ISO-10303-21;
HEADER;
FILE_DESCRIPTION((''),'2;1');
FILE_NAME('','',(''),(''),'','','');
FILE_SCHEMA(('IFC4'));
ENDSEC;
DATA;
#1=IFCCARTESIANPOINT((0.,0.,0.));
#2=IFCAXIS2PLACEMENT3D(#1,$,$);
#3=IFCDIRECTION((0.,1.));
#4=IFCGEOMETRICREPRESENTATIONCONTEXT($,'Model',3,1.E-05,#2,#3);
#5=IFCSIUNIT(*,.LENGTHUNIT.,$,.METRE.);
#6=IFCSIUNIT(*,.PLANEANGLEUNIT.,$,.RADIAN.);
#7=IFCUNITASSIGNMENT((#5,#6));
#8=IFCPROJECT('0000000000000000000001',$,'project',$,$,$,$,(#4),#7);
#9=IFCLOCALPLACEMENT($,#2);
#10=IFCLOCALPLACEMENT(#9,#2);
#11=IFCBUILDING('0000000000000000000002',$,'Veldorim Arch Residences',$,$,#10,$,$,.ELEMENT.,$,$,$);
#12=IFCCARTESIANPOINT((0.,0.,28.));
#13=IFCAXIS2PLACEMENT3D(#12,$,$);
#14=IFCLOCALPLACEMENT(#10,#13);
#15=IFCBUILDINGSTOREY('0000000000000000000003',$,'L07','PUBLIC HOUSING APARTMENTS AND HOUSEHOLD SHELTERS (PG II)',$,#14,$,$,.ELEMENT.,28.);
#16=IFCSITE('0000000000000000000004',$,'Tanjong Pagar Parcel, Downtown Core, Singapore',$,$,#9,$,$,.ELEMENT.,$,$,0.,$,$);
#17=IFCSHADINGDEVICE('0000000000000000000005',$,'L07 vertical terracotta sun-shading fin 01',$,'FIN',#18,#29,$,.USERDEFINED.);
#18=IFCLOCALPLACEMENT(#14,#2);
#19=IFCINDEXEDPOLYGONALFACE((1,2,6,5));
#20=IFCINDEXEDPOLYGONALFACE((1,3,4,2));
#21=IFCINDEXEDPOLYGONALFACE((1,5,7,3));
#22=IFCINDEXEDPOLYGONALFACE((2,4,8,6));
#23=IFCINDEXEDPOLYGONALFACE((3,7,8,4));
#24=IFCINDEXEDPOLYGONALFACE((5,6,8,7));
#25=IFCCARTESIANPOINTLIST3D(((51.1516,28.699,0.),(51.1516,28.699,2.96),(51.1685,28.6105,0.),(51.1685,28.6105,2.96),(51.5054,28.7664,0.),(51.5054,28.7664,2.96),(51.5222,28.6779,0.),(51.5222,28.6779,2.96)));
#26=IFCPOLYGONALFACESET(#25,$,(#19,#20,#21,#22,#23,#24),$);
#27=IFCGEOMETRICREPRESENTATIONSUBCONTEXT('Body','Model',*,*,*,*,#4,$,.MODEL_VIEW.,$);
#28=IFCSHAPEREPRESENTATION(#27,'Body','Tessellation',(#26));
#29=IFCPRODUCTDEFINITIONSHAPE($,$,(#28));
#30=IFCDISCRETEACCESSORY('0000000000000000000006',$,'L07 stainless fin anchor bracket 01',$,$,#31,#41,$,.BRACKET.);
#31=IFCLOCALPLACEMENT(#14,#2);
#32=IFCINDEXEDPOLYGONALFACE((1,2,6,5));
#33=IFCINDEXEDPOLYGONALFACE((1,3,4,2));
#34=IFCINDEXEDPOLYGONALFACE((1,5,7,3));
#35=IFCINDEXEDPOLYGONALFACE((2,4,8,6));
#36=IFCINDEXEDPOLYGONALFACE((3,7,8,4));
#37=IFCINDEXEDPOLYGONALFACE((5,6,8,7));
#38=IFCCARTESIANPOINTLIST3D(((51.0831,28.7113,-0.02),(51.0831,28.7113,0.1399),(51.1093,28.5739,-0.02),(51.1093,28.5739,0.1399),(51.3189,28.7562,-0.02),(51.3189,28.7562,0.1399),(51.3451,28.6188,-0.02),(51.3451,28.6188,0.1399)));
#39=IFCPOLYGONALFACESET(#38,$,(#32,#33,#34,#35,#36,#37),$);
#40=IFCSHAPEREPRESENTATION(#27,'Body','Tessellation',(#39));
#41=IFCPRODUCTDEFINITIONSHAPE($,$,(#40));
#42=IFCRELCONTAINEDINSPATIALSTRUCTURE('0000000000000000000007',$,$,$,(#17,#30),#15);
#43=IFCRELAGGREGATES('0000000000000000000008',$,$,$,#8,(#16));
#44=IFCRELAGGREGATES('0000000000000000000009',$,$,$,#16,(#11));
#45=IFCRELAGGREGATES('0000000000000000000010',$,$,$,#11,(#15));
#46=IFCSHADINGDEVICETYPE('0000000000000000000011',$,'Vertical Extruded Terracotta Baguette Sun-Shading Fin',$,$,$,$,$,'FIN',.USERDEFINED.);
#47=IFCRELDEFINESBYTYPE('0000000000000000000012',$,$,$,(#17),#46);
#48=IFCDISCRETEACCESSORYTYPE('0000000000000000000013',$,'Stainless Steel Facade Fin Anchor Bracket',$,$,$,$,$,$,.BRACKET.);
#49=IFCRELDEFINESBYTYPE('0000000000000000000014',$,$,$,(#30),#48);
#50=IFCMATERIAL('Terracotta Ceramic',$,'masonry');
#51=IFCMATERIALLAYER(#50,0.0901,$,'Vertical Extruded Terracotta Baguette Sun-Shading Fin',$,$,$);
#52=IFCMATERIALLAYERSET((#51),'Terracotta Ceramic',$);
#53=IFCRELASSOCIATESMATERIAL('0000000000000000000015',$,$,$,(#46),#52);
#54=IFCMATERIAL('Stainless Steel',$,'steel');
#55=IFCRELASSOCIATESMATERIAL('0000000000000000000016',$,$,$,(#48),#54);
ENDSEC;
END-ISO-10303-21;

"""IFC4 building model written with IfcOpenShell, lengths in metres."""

from ifc_helpers import new_model, si_unit, direction, frame, origin, origin_2d, place, context, subcontext, project, spatial, rectangle, extrude, material, layer, layer_set, type_object, element, save


model = new_model("IFC4")

# Units and contexts
model_context = context("Model", 3, precision=1e-05, world=origin(), true_north=direction((0.0, 1.0)))
body_context = subcontext(model_context, "Body", "Model", "MODEL_VIEW")
ifc_project = project(units=[si_unit("LENGTHUNIT", "METRE"), si_unit("PLANEANGLEUNIT", "RADIAN")], contexts=[model_context])

# Site, building, storey
site_placement = place(None, origin())
site = spatial("IfcSite", under=ifc_project, at=site_placement, Name="Tanjong Pagar Parcel, Downtown Core, Singapore", CompositionType="ELEMENT", RefElevation=0.0)
building_placement = place(site_placement, origin())
building = spatial("IfcBuilding", under=site, at=building_placement, Name="Veldorim Arch Residences", CompositionType="ELEMENT")
storey_placement = place(building_placement, frame((0.0, 0.0, 28.0)))
storey = spatial("IfcBuildingStorey", under=building, at=storey_placement, Name="L07", Description="PUBLIC HOUSING APARTMENTS AND HOUSEHOLD SHELTERS (PG II)", CompositionType="ELEMENT", Elevation=28.0)

# Shading device
ifc_material_1 = material(Name="Terracotta Ceramic", Category="masonry")
ifc_layer_1 = layer(ifc_material_1, 0.0901, Name="Vertical Extruded Terracotta Baguette Sun-Shading Fin")
ifc_layer_set_1 = layer_set([ifc_layer_1], Name="Terracotta Ceramic")
shading_device_type = type_object("IfcShadingDeviceType", Name="Vertical Extruded Terracotta Baguette Sun-Shading Fin", ElementType="FIN", PredefinedType="USERDEFINED", material=ifc_layer_set_1)
shading_device_placement = place(storey_placement, frame((51.3369, 28.6885, 0.0), z_axis=(0.0, 0.0, 1.0), x_axis=(0.18721, -0.98232, 0.0)))
element("IfcShadingDevice", 1, at=shading_device_placement, inside=storey, type_object=shading_device_type, Name="L07 vertical terracotta sun-shading fin 01", ObjectType="FIN", PredefinedType="USERDEFINED", context=body_context, shape_type="SweptSolid", body=[
    extrude(rectangle(XDim=0.0901, YDim=0.3601, at=origin_2d()), origin(), (0.0, 0.0, 1.0), 2.96),
])

# Discrete accessory
ifc_material_2 = material(Name="Stainless Steel", Category="steel")
discrete_accessory_type = type_object("IfcDiscreteAccessoryType", Name="Stainless Steel Facade Fin Anchor Bracket", PredefinedType="BRACKET", material=ifc_material_2)
discrete_accessory_placement = place(storey_placement, frame((51.2141, 28.665, -0.02), z_axis=(0.0, 0.0, 1.0), x_axis=(0.18721, -0.98232, 0.0)))
element("IfcDiscreteAccessory", 2, at=discrete_accessory_placement, inside=storey, type_object=discrete_accessory_type, Name="L07 stainless fin anchor bracket 01", PredefinedType="BRACKET", context=body_context, shape_type="SweptSolid", body=[
    extrude(rectangle(XDim=0.1399, YDim=0.24, at=origin_2d()), origin(), (0.0, 0.0, 1.0), 0.1599),
])

save(model, "model.ifc")
